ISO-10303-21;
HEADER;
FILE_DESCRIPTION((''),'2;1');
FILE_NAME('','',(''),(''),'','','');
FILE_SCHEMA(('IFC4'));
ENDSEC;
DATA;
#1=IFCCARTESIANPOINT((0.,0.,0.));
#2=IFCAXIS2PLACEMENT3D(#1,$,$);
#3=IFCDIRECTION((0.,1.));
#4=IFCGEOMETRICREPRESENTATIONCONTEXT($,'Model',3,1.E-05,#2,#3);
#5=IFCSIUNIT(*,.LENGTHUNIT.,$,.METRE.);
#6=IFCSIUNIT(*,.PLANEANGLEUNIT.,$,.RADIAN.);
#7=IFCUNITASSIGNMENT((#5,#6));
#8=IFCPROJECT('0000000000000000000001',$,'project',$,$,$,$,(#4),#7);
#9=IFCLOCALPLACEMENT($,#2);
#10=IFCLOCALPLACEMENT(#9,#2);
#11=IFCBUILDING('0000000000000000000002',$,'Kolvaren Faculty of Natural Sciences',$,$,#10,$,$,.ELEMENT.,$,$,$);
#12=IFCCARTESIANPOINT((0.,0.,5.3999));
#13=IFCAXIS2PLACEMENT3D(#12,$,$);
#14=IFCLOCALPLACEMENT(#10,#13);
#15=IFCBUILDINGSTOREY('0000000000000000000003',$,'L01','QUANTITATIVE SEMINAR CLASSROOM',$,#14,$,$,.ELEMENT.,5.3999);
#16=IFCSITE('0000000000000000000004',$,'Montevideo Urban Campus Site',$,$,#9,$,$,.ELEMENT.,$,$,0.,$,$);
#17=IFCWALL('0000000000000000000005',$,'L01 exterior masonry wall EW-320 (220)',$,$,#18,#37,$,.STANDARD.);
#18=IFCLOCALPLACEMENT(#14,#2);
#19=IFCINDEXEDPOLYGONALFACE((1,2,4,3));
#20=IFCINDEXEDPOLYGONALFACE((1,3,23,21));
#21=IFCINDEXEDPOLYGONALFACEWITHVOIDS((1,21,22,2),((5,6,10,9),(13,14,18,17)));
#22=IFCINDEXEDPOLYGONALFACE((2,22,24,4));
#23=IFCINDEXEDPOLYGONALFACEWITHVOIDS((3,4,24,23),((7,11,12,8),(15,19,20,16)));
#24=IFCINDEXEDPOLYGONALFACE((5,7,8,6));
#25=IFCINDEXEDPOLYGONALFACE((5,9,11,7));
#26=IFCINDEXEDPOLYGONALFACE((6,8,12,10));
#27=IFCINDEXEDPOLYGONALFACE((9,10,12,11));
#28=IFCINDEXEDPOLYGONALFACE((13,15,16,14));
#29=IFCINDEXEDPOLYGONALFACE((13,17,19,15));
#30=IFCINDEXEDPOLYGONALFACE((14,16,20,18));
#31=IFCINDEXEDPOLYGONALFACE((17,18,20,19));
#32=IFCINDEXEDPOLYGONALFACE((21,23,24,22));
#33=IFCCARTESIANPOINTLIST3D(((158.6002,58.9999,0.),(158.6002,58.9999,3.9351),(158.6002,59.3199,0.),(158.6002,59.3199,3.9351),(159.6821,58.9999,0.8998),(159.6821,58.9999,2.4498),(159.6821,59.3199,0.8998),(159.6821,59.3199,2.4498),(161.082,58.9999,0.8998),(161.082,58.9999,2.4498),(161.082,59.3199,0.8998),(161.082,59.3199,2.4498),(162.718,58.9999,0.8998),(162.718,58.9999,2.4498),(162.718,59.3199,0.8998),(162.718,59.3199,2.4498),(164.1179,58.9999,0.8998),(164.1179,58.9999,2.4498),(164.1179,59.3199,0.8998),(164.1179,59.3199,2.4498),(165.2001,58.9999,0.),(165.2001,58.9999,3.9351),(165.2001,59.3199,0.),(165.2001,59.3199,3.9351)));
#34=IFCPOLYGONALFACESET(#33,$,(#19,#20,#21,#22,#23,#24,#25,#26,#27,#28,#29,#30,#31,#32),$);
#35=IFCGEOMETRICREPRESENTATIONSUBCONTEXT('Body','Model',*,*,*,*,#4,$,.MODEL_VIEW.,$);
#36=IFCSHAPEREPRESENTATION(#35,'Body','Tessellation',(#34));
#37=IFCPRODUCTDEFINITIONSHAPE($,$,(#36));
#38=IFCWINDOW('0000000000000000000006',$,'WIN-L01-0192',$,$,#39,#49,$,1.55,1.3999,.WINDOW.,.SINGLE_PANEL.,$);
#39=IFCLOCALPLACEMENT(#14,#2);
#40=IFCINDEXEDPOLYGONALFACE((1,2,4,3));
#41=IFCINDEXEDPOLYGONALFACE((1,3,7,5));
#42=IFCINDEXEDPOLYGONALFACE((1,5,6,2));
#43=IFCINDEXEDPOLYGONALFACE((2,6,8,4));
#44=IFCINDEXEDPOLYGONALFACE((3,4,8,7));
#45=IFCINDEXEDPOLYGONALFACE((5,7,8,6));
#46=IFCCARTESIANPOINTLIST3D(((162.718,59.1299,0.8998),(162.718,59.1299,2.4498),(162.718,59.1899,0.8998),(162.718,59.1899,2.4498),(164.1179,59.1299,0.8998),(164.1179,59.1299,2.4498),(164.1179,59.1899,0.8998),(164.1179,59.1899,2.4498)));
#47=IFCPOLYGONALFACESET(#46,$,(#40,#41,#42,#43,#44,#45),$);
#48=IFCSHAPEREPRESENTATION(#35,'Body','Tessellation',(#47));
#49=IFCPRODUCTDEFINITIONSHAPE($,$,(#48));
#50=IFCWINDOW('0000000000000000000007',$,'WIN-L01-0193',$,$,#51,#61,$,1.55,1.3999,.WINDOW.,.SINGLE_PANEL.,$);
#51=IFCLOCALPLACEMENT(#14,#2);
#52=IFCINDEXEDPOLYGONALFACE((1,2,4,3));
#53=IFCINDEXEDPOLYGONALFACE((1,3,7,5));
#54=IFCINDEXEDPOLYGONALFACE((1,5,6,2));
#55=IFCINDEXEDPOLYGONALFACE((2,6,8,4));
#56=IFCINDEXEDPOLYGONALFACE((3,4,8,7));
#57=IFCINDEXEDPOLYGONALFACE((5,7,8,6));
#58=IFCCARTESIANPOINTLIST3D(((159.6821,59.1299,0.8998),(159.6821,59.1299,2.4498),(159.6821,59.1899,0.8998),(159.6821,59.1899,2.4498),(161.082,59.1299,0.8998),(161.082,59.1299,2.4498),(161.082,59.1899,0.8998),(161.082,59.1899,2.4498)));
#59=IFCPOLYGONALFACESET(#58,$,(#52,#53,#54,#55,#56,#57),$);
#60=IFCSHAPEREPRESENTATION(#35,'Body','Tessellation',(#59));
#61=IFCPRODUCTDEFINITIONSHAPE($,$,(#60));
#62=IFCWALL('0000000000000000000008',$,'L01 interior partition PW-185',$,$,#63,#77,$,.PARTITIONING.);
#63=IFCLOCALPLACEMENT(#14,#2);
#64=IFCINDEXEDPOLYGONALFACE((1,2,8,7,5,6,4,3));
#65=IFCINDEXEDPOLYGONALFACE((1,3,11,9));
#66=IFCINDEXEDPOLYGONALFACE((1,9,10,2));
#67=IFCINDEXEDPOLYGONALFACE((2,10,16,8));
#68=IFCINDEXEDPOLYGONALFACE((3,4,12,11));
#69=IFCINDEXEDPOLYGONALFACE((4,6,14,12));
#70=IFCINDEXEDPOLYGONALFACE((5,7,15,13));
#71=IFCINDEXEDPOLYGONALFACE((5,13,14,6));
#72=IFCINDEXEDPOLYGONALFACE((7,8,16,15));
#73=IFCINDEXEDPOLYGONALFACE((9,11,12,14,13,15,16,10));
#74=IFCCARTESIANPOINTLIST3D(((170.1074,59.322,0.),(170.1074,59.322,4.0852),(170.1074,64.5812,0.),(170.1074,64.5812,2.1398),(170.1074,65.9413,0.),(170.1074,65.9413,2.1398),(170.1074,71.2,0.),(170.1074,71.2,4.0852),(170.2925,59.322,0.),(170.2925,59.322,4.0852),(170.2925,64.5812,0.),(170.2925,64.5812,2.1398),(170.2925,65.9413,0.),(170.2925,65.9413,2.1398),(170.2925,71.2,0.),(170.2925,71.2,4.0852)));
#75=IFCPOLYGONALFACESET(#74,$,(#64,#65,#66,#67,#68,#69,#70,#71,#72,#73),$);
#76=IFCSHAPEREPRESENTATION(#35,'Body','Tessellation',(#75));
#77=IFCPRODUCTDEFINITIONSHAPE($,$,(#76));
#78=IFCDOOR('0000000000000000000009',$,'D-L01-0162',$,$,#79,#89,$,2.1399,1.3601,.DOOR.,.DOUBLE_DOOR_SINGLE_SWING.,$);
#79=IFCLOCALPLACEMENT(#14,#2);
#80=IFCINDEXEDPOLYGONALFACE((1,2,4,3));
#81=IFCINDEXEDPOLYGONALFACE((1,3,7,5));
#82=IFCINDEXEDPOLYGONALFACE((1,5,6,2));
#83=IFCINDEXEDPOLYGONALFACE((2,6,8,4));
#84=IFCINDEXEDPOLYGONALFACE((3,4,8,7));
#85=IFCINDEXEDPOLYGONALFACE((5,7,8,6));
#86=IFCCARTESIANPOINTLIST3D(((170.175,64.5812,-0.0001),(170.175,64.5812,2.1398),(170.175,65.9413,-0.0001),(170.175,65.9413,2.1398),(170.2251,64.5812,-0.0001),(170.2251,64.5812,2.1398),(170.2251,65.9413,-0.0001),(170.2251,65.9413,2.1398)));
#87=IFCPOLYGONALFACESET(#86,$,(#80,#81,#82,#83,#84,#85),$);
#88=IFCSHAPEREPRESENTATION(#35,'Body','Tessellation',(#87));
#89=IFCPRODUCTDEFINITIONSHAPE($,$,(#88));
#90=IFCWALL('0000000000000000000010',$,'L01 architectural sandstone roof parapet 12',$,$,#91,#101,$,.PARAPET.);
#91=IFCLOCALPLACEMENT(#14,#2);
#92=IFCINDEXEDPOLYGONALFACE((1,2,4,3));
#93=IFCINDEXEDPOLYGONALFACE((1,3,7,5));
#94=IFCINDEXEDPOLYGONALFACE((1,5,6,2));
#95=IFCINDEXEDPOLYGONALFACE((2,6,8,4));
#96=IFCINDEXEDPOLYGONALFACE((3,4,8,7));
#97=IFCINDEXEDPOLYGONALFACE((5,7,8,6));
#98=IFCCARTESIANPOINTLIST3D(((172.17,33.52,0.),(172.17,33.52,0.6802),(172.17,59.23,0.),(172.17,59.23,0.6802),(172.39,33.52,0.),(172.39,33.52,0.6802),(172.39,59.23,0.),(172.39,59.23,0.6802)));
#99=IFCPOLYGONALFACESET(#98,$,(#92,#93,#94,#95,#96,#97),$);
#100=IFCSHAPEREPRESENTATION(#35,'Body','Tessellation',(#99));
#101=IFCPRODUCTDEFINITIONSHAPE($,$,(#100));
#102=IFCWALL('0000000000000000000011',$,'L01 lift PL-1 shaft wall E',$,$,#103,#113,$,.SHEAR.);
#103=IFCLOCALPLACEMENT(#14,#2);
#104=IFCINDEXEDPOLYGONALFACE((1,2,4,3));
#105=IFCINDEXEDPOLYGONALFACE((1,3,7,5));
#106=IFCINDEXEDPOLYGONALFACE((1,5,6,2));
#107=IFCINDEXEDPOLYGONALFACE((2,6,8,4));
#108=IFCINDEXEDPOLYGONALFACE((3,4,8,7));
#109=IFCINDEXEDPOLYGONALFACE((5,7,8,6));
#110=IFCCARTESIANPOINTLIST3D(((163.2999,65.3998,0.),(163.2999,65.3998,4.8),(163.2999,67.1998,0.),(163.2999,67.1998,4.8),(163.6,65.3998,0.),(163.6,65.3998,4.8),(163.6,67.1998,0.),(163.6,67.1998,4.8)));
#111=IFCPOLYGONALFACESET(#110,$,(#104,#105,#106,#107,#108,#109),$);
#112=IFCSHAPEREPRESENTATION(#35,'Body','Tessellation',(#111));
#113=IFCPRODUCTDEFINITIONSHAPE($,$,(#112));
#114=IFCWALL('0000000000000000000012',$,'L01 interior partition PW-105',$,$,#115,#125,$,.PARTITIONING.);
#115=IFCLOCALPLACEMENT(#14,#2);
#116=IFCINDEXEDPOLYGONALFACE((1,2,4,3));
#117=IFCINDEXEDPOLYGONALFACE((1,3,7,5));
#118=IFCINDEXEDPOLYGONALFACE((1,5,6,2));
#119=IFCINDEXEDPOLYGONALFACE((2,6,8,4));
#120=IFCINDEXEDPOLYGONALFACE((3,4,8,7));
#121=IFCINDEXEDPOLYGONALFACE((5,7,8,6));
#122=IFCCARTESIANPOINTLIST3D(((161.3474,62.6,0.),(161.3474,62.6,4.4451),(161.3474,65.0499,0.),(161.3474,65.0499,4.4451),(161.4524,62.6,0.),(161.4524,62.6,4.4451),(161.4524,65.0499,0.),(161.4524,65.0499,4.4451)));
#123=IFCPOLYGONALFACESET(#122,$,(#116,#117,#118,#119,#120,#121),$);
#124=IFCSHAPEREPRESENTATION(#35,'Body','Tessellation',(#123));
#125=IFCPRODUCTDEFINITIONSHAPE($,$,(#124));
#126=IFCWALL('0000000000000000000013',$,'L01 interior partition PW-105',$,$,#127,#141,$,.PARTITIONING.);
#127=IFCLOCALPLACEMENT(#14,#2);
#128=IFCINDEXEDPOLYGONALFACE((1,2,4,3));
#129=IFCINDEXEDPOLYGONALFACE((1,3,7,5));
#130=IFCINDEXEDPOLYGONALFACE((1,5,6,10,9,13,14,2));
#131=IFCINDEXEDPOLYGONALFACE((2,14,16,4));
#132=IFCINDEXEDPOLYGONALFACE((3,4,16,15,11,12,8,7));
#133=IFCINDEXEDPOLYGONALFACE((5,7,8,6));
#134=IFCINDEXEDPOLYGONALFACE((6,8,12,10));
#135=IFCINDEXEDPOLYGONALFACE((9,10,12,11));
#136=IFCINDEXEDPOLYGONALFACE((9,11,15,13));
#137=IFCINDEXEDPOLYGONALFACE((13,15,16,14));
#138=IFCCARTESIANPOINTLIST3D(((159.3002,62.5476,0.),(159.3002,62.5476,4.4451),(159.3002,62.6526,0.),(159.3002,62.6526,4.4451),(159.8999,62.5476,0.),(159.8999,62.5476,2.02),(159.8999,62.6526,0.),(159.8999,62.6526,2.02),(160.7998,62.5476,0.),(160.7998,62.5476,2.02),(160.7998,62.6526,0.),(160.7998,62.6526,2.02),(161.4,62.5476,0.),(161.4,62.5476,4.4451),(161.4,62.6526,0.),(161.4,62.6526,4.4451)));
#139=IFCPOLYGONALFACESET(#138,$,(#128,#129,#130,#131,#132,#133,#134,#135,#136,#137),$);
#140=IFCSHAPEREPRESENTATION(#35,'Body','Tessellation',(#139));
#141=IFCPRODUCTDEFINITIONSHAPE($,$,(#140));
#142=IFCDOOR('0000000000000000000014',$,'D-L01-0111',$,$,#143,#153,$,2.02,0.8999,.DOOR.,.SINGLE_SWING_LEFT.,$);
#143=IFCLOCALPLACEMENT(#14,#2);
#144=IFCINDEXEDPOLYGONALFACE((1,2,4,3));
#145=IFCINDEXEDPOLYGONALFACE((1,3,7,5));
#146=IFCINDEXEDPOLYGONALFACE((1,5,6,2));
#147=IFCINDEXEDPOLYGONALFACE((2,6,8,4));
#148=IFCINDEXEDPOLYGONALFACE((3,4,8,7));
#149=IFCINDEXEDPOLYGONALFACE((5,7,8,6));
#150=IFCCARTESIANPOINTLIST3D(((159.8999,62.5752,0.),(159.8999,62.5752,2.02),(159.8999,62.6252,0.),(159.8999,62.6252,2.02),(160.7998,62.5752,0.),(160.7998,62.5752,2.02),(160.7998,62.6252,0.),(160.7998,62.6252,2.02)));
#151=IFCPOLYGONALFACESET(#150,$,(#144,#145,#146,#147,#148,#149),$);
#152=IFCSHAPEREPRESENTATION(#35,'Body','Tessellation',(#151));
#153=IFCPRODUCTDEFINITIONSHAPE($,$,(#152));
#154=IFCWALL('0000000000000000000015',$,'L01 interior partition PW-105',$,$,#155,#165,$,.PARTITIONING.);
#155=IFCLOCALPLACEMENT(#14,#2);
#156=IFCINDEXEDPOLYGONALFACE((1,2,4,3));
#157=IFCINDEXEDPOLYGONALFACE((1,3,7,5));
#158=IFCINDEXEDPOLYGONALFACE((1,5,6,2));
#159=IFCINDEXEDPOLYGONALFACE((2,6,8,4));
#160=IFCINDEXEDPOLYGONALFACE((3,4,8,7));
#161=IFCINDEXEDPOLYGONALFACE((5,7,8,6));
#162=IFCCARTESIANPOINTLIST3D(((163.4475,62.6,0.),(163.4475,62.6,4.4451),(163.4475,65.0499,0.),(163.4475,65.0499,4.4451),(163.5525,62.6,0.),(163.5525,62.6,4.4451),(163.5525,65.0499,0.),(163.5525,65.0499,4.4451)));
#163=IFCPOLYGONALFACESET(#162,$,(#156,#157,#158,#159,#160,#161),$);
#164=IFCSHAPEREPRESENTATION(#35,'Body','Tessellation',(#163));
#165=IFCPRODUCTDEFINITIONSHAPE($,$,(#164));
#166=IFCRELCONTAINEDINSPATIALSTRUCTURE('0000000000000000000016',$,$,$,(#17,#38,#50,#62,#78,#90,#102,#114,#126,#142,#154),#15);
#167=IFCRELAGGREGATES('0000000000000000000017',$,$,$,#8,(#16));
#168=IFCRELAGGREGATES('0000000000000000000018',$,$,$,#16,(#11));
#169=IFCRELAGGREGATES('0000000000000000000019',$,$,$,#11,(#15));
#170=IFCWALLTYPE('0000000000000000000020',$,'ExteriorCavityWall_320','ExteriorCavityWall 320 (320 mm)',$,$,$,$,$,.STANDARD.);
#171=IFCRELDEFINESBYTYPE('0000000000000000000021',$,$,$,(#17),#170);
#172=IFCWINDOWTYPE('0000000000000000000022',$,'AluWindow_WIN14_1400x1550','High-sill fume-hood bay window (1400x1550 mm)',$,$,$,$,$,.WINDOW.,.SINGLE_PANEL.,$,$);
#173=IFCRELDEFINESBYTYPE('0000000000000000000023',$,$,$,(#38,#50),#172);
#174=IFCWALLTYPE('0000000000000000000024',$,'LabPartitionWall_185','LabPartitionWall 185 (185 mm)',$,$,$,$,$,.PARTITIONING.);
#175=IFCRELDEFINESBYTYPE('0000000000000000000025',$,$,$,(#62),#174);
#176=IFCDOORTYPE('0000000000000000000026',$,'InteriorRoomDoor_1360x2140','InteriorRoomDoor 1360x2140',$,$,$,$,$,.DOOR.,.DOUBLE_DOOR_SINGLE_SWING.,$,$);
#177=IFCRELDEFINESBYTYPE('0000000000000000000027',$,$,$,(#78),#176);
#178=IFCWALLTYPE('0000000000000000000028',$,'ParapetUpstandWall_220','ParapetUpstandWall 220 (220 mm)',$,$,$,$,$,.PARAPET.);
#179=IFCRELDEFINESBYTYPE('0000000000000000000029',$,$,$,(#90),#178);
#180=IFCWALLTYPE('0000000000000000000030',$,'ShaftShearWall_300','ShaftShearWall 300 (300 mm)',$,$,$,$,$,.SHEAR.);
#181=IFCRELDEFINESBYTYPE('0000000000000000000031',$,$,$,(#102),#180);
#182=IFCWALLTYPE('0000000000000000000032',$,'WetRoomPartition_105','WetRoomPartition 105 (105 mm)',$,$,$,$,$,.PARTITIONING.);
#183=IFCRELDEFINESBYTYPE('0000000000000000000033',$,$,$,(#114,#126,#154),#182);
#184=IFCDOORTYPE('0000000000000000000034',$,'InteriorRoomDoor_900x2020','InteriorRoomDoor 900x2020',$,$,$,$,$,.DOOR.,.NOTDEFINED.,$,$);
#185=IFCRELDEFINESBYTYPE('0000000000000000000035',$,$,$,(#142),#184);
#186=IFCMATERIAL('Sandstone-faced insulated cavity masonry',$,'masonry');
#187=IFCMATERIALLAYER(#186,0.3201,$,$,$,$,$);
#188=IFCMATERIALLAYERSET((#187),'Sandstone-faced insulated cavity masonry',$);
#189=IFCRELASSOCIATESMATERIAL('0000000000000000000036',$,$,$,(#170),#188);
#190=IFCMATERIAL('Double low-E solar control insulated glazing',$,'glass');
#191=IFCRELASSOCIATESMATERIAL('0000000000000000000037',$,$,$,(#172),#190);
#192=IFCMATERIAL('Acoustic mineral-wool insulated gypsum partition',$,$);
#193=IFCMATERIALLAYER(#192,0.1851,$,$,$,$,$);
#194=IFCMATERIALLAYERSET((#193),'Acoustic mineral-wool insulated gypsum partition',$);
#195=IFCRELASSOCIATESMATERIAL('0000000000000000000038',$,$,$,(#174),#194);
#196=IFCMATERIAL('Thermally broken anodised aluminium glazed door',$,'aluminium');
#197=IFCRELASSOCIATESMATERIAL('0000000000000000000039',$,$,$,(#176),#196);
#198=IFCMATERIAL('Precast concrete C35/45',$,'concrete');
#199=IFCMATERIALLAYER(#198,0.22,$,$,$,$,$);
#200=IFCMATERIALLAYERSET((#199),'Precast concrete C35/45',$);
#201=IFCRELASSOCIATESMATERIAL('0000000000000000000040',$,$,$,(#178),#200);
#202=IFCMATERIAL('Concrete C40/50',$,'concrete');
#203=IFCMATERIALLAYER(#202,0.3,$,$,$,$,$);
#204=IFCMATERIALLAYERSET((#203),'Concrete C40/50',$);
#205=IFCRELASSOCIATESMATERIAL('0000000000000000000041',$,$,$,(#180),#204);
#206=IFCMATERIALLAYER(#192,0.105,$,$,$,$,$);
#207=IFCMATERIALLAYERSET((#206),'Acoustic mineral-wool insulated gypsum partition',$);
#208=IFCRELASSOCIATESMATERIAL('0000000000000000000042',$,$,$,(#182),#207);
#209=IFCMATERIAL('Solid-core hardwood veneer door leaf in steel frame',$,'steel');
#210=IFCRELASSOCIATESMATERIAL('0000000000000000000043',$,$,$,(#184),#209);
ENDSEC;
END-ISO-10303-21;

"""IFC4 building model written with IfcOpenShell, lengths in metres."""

from ifc_helpers import new_model, si_unit, direction, frame, frame_2d, origin, place, context, subcontext, project, spatial, rectangle, extrude, material, layer, layer_set, type_object, element, fill, save


model = new_model("IFC4")

# Units and contexts
model_context = context("Model", 3, precision=1e-05, world=origin(), true_north=direction((0.0, 1.0)))
body_context = subcontext(model_context, "Body", "Model", "MODEL_VIEW")
ifc_project = project(units=[si_unit("LENGTHUNIT", "METRE"), si_unit("PLANEANGLEUNIT", "RADIAN")], contexts=[model_context])

# Site, building, storey
site_placement = place(None, origin())
site = spatial("IfcSite", under=ifc_project, at=site_placement, Name="Montevideo Urban Campus Site", CompositionType="ELEMENT", RefElevation=0.0)
building_placement = place(site_placement, origin())
building = spatial("IfcBuilding", under=site, at=building_placement, Name="Kolvaren Faculty of Natural Sciences", CompositionType="ELEMENT")
storey_placement = place(building_placement, frame((0.0, 0.0, 5.3999)))
storey = spatial("IfcBuildingStorey", under=building, at=storey_placement, Name="L01", Description="QUANTITATIVE SEMINAR CLASSROOM", CompositionType="ELEMENT", Elevation=5.3999)

# Shared definitions
ifc_material_1 = material(Name="Acoustic mineral-wool insulated gypsum partition")
ifc_material_2 = material(Name="Solid-core hardwood veneer door leaf in steel frame", Category="steel")

# Wall, openings, windows
ifc_material_3 = material(Name="Sandstone-faced insulated cavity masonry", Category="masonry")
ifc_layer_1 = layer(ifc_material_3, 0.3201)
ifc_layer_set_1 = layer_set([ifc_layer_1], Name="Sandstone-faced insulated cavity masonry")
wall_type_1 = type_object("IfcWallType", Name="ExteriorCavityWall_320", Description="ExteriorCavityWall 320 (320 mm)", PredefinedType="STANDARD", material=ifc_layer_set_1)
ifc_material_4 = material(Name="Double low-E solar control insulated glazing", Category="glass")
wall_1_placement = place(storey_placement, frame((165.2, 59.1599, 0.0), z_axis=(0.0, 0.0, 1.0), x_axis=(-1.0, 0.0, 0.0)))
wall_1 = element("IfcWall", 1, at=wall_1_placement, inside=storey, type_object=wall_type_1, Name="L01 exterior masonry wall EW-320 (220)", PredefinedType="STANDARD", context=body_context, shape_type="SweptSolid", body=[
    extrude(rectangle(XDim=6.5999, YDim=0.3201, at=frame_2d((3.2998, 0.0))), origin(), (0.0, 0.0, 1.0), 3.9351),
])
opening_1_placement = place(wall_1_placement, frame((1.082, 0.0, 0.8999)))
opening_1 = element("IfcOpeningElement", 2, at=opening_1_placement, cuts=wall_1, PredefinedType="OPENING", context=body_context, shape_type="SweptSolid", body=[
    extrude(rectangle(XDim=1.3999, YDim=1.55, at=frame_2d((0.7, 0.7749))), frame((0.0, 0.1699, 0.0), z_axis=(0.0, -1.0, 0.0), x_axis=(1.0, 0.0, 0.0)), (0.0, 0.0, 1.0), 0.3401),
])
opening_2_placement = place(wall_1_placement, frame((4.1179, 0.0, 0.8999)))
opening_2 = element("IfcOpeningElement", 3, at=opening_2_placement, cuts=wall_1, PredefinedType="OPENING", context=body_context, shape_type="SweptSolid", body=[
    extrude(rectangle(XDim=1.3999, YDim=1.55, at=frame_2d((0.7, 0.7749))), frame((0.0, 0.1699, 0.0), z_axis=(0.0, -1.0, 0.0), x_axis=(1.0, 0.0, 0.0)), (0.0, 0.0, 1.0), 0.3401),
])
window_type_1 = type_object("IfcWindowType", Name="AluWindow_WIN14_1400x1550", Description="High-sill fume-hood bay window (1400x1550 mm)", PartitioningType="SINGLE_PANEL", PredefinedType="WINDOW", material=ifc_material_4)
window_1_placement = place(opening_1_placement, origin())
window_1 = element("IfcWindow", 4, at=window_1_placement, inside=storey, type_object=window_type_1, Name="WIN-L01-0192", OverallHeight=1.55, OverallWidth=1.3999, PartitioningType="SINGLE_PANEL", PredefinedType="WINDOW", context=body_context, shape_type="SweptSolid", body=[
    extrude(rectangle(XDim=1.3999, YDim=1.55, at=frame_2d((0.7, 0.7749))), frame((0.0, 0.03, 0.0), z_axis=(0.0, -1.0, 0.0), x_axis=(1.0, 0.0, 0.0)), (0.0, 0.0, 1.0), 0.0601),
])
fill(opening_1, window_1)
window_2_placement = place(opening_2_placement, origin())
window_2 = element("IfcWindow", 5, at=window_2_placement, inside=storey, type_object=window_type_1, Name="WIN-L01-0193", OverallHeight=1.55, OverallWidth=1.3999, PartitioningType="SINGLE_PANEL", PredefinedType="WINDOW", context=body_context, shape_type="SweptSolid", body=[
    extrude(rectangle(XDim=1.3999, YDim=1.55, at=frame_2d((0.7, 0.7749))), frame((0.0, 0.03, 0.0), z_axis=(0.0, -1.0, 0.0), x_axis=(1.0, 0.0, 0.0)), (0.0, 0.0, 1.0), 0.0601),
])
fill(opening_2, window_2)

# Wall, opening, door
ifc_layer_2 = layer(ifc_material_1, 0.1851)
ifc_layer_set_2 = layer_set([ifc_layer_2], Name="Acoustic mineral-wool insulated gypsum partition")
wall_type_2 = type_object("IfcWallType", Name="LabPartitionWall_185", Description="LabPartitionWall 185 (185 mm)", PredefinedType="PARTITIONING", material=ifc_layer_set_2)
wall_2_placement = place(storey_placement, frame((170.2, 59.322, 0.0), z_axis=(0.0, 0.0, 1.0), x_axis=(0.0, 1.0, 0.0)))
wall_2 = element("IfcWall", 6, at=wall_2_placement, inside=storey, type_object=wall_type_2, Name="L01 interior partition PW-185", PredefinedType="PARTITIONING", context=body_context, shape_type="SweptSolid", body=[
    extrude(rectangle(XDim=11.8779, YDim=0.1851, at=frame_2d((5.939, 0.0))), origin(), (0.0, 0.0, 1.0), 4.0852),
])
opening_3_placement = place(wall_2_placement, frame((5.259, 0.0, 0.0)))
opening_3 = element("IfcOpeningElement", 7, at=opening_3_placement, cuts=wall_2, PredefinedType="OPENING", context=body_context, shape_type="SweptSolid", body=[
    extrude(rectangle(XDim=1.3601, YDim=2.1399, at=frame_2d((0.6802, 1.0698))), frame((0.0, 0.1025, 0.0), z_axis=(0.0, -1.0, 0.0), x_axis=(1.0, 0.0, 0.0)), (0.0, 0.0, 1.0), 0.2051),
])
ifc_material_5 = material(Name="Thermally broken anodised aluminium glazed door", Category="aluminium")
door_type_1 = type_object("IfcDoorType", Name="InteriorRoomDoor_1360x2140", Description="InteriorRoomDoor 1360x2140", OperationType="DOUBLE_DOOR_SINGLE_SWING", PredefinedType="DOOR", material=ifc_material_5)
door_1_placement = place(opening_3_placement, origin())
door_1 = element("IfcDoor", 8, at=door_1_placement, inside=storey, type_object=door_type_1, Name="D-L01-0162", OperationType="DOUBLE_DOOR_SINGLE_SWING", OverallHeight=2.1399, OverallWidth=1.3601, PredefinedType="DOOR", context=body_context, shape_type="SweptSolid", body=[
    extrude(rectangle(XDim=1.3601, YDim=2.1399, at=frame_2d((0.6802, 1.0698))), frame((0.0, 0.0249, 0.0), z_axis=(0.0, -1.0, 0.0), x_axis=(1.0, 0.0, 0.0)), (0.0, 0.0, 1.0), 0.05),
])
fill(opening_3, door_1)

# Walls
ifc_material_6 = material(Name="Precast concrete C35/45", Category="concrete")
ifc_layer_3 = layer(ifc_material_6, 0.22)
ifc_layer_set_3 = layer_set([ifc_layer_3], Name="Precast concrete C35/45")
wall_type_3 = type_object("IfcWallType", Name="ParapetUpstandWall_220", Description="ParapetUpstandWall 220 (220 mm)", PredefinedType="PARAPET", material=ifc_layer_set_3)
wall_3_placement = place(storey_placement, frame((172.28, 59.23, 0.0), z_axis=(0.0, 0.0, 1.0), x_axis=(0.0, -1.0, 0.0)))
element("IfcWall", 9, at=wall_3_placement, inside=storey, type_object=wall_type_3, Name="L01 architectural sandstone roof parapet 12", PredefinedType="PARAPET", context=body_context, shape_type="SweptSolid", body=[
    extrude(rectangle(XDim=25.71, YDim=0.22, at=frame_2d((12.855, 0.0))), origin(), (0.0, 0.0, 1.0), 0.6802),
])
ifc_material_7 = material(Name="Concrete C40/50", Category="concrete")
ifc_layer_4 = layer(ifc_material_7, 0.3)
ifc_layer_set_4 = layer_set([ifc_layer_4], Name="Concrete C40/50")
wall_type_4 = type_object("IfcWallType", Name="ShaftShearWall_300", Description="ShaftShearWall 300 (300 mm)", PredefinedType="SHEAR", material=ifc_layer_set_4)
wall_4_placement = place(storey_placement, frame((163.45, 65.3999, 0.0), z_axis=(0.0, 0.0, 1.0), x_axis=(0.0, 1.0, 0.0)))
element("IfcWall", 10, at=wall_4_placement, inside=storey, type_object=wall_type_4, Name="L01 lift PL-1 shaft wall E", PredefinedType="SHEAR", context=body_context, shape_type="SweptSolid", body=[
    extrude(rectangle(XDim=1.8, YDim=0.3, at=frame_2d((0.8999, 0.0))), origin(), (0.0, 0.0, 1.0), 4.8),
])
ifc_layer_5 = layer(ifc_material_1, 0.105)
ifc_layer_set_5 = layer_set([ifc_layer_5], Name="Acoustic mineral-wool insulated gypsum partition")
wall_type_5 = type_object("IfcWallType", Name="WetRoomPartition_105", Description="WetRoomPartition 105 (105 mm)", PredefinedType="PARTITIONING", material=ifc_layer_set_5)
wall_5_placement = place(storey_placement, frame((161.3999, 65.05, 0.0), z_axis=(0.0, 0.0, 1.0), x_axis=(0.0, -1.0, 0.0)))
element("IfcWall", 11, at=wall_5_placement, inside=storey, type_object=wall_type_5, Name="L01 interior partition PW-105", PredefinedType="PARTITIONING", context=body_context, shape_type="SweptSolid", body=[
    extrude(rectangle(XDim=2.45, YDim=0.105, at=frame_2d((1.2251, 0.0))), origin(), (0.0, 0.0, 1.0), 4.4451),
])

# Wall, opening, door
wall_6_placement = place(storey_placement, frame((161.3999, 62.6001, 0.0), z_axis=(0.0, 0.0, 1.0), x_axis=(-1.0, 0.0, 0.0)))
wall_6 = element("IfcWall", 12, at=wall_6_placement, inside=storey, type_object=wall_type_5, Name="L01 interior partition PW-105", PredefinedType="PARTITIONING", context=body_context, shape_type="SweptSolid", body=[
    extrude(rectangle(XDim=2.0999, YDim=0.105, at=frame_2d((1.0498, 0.0))), origin(), (0.0, 0.0, 1.0), 4.4451),
])
opening_4_placement = place(wall_6_placement, frame((0.6001, 0.0, 0.0)))
opening_4 = element("IfcOpeningElement", 13, at=opening_4_placement, cuts=wall_6, PredefinedType="OPENING", context=body_context, shape_type="SweptSolid", body=[
    extrude(rectangle(XDim=0.8999, YDim=2.02, at=frame_2d((0.45, 1.01))), frame((0.0, 0.0625, 0.0), z_axis=(0.0, -1.0, 0.0), x_axis=(1.0, 0.0, 0.0)), (0.0, 0.0, 1.0), 0.125),
])
door_type_2 = type_object("IfcDoorType", Name="InteriorRoomDoor_900x2020", Description="InteriorRoomDoor 900x2020", OperationType="NOTDEFINED", PredefinedType="DOOR", material=ifc_material_2)
door_2_placement = place(opening_4_placement, origin())
door_2 = element("IfcDoor", 14, at=door_2_placement, inside=storey, type_object=door_type_2, Name="D-L01-0111", OperationType="SINGLE_SWING_LEFT", OverallHeight=2.02, OverallWidth=0.8999, PredefinedType="DOOR", context=body_context, shape_type="SweptSolid", body=[
    extrude(rectangle(XDim=0.8999, YDim=2.02, at=frame_2d((0.45, 1.01))), frame((0.0, 0.0249, 0.0), z_axis=(0.0, -1.0, 0.0), x_axis=(1.0, 0.0, 0.0)), (0.0, 0.0, 1.0), 0.05),
])
fill(opening_4, door_2)

# Wall
wall_7_placement = place(storey_placement, frame((163.5, 65.05, 0.0), z_axis=(0.0, 0.0, 1.0), x_axis=(0.0, -1.0, 0.0)))
element("IfcWall", 15, at=wall_7_placement, inside=storey, type_object=wall_type_5, Name="L01 interior partition PW-105", PredefinedType="PARTITIONING", context=body_context, shape_type="SweptSolid", body=[
    extrude(rectangle(XDim=2.45, YDim=0.105, at=frame_2d((1.2251, 0.0))), origin(), (0.0, 0.0, 1.0), 4.4451),
])

save(model, "model.ifc")
